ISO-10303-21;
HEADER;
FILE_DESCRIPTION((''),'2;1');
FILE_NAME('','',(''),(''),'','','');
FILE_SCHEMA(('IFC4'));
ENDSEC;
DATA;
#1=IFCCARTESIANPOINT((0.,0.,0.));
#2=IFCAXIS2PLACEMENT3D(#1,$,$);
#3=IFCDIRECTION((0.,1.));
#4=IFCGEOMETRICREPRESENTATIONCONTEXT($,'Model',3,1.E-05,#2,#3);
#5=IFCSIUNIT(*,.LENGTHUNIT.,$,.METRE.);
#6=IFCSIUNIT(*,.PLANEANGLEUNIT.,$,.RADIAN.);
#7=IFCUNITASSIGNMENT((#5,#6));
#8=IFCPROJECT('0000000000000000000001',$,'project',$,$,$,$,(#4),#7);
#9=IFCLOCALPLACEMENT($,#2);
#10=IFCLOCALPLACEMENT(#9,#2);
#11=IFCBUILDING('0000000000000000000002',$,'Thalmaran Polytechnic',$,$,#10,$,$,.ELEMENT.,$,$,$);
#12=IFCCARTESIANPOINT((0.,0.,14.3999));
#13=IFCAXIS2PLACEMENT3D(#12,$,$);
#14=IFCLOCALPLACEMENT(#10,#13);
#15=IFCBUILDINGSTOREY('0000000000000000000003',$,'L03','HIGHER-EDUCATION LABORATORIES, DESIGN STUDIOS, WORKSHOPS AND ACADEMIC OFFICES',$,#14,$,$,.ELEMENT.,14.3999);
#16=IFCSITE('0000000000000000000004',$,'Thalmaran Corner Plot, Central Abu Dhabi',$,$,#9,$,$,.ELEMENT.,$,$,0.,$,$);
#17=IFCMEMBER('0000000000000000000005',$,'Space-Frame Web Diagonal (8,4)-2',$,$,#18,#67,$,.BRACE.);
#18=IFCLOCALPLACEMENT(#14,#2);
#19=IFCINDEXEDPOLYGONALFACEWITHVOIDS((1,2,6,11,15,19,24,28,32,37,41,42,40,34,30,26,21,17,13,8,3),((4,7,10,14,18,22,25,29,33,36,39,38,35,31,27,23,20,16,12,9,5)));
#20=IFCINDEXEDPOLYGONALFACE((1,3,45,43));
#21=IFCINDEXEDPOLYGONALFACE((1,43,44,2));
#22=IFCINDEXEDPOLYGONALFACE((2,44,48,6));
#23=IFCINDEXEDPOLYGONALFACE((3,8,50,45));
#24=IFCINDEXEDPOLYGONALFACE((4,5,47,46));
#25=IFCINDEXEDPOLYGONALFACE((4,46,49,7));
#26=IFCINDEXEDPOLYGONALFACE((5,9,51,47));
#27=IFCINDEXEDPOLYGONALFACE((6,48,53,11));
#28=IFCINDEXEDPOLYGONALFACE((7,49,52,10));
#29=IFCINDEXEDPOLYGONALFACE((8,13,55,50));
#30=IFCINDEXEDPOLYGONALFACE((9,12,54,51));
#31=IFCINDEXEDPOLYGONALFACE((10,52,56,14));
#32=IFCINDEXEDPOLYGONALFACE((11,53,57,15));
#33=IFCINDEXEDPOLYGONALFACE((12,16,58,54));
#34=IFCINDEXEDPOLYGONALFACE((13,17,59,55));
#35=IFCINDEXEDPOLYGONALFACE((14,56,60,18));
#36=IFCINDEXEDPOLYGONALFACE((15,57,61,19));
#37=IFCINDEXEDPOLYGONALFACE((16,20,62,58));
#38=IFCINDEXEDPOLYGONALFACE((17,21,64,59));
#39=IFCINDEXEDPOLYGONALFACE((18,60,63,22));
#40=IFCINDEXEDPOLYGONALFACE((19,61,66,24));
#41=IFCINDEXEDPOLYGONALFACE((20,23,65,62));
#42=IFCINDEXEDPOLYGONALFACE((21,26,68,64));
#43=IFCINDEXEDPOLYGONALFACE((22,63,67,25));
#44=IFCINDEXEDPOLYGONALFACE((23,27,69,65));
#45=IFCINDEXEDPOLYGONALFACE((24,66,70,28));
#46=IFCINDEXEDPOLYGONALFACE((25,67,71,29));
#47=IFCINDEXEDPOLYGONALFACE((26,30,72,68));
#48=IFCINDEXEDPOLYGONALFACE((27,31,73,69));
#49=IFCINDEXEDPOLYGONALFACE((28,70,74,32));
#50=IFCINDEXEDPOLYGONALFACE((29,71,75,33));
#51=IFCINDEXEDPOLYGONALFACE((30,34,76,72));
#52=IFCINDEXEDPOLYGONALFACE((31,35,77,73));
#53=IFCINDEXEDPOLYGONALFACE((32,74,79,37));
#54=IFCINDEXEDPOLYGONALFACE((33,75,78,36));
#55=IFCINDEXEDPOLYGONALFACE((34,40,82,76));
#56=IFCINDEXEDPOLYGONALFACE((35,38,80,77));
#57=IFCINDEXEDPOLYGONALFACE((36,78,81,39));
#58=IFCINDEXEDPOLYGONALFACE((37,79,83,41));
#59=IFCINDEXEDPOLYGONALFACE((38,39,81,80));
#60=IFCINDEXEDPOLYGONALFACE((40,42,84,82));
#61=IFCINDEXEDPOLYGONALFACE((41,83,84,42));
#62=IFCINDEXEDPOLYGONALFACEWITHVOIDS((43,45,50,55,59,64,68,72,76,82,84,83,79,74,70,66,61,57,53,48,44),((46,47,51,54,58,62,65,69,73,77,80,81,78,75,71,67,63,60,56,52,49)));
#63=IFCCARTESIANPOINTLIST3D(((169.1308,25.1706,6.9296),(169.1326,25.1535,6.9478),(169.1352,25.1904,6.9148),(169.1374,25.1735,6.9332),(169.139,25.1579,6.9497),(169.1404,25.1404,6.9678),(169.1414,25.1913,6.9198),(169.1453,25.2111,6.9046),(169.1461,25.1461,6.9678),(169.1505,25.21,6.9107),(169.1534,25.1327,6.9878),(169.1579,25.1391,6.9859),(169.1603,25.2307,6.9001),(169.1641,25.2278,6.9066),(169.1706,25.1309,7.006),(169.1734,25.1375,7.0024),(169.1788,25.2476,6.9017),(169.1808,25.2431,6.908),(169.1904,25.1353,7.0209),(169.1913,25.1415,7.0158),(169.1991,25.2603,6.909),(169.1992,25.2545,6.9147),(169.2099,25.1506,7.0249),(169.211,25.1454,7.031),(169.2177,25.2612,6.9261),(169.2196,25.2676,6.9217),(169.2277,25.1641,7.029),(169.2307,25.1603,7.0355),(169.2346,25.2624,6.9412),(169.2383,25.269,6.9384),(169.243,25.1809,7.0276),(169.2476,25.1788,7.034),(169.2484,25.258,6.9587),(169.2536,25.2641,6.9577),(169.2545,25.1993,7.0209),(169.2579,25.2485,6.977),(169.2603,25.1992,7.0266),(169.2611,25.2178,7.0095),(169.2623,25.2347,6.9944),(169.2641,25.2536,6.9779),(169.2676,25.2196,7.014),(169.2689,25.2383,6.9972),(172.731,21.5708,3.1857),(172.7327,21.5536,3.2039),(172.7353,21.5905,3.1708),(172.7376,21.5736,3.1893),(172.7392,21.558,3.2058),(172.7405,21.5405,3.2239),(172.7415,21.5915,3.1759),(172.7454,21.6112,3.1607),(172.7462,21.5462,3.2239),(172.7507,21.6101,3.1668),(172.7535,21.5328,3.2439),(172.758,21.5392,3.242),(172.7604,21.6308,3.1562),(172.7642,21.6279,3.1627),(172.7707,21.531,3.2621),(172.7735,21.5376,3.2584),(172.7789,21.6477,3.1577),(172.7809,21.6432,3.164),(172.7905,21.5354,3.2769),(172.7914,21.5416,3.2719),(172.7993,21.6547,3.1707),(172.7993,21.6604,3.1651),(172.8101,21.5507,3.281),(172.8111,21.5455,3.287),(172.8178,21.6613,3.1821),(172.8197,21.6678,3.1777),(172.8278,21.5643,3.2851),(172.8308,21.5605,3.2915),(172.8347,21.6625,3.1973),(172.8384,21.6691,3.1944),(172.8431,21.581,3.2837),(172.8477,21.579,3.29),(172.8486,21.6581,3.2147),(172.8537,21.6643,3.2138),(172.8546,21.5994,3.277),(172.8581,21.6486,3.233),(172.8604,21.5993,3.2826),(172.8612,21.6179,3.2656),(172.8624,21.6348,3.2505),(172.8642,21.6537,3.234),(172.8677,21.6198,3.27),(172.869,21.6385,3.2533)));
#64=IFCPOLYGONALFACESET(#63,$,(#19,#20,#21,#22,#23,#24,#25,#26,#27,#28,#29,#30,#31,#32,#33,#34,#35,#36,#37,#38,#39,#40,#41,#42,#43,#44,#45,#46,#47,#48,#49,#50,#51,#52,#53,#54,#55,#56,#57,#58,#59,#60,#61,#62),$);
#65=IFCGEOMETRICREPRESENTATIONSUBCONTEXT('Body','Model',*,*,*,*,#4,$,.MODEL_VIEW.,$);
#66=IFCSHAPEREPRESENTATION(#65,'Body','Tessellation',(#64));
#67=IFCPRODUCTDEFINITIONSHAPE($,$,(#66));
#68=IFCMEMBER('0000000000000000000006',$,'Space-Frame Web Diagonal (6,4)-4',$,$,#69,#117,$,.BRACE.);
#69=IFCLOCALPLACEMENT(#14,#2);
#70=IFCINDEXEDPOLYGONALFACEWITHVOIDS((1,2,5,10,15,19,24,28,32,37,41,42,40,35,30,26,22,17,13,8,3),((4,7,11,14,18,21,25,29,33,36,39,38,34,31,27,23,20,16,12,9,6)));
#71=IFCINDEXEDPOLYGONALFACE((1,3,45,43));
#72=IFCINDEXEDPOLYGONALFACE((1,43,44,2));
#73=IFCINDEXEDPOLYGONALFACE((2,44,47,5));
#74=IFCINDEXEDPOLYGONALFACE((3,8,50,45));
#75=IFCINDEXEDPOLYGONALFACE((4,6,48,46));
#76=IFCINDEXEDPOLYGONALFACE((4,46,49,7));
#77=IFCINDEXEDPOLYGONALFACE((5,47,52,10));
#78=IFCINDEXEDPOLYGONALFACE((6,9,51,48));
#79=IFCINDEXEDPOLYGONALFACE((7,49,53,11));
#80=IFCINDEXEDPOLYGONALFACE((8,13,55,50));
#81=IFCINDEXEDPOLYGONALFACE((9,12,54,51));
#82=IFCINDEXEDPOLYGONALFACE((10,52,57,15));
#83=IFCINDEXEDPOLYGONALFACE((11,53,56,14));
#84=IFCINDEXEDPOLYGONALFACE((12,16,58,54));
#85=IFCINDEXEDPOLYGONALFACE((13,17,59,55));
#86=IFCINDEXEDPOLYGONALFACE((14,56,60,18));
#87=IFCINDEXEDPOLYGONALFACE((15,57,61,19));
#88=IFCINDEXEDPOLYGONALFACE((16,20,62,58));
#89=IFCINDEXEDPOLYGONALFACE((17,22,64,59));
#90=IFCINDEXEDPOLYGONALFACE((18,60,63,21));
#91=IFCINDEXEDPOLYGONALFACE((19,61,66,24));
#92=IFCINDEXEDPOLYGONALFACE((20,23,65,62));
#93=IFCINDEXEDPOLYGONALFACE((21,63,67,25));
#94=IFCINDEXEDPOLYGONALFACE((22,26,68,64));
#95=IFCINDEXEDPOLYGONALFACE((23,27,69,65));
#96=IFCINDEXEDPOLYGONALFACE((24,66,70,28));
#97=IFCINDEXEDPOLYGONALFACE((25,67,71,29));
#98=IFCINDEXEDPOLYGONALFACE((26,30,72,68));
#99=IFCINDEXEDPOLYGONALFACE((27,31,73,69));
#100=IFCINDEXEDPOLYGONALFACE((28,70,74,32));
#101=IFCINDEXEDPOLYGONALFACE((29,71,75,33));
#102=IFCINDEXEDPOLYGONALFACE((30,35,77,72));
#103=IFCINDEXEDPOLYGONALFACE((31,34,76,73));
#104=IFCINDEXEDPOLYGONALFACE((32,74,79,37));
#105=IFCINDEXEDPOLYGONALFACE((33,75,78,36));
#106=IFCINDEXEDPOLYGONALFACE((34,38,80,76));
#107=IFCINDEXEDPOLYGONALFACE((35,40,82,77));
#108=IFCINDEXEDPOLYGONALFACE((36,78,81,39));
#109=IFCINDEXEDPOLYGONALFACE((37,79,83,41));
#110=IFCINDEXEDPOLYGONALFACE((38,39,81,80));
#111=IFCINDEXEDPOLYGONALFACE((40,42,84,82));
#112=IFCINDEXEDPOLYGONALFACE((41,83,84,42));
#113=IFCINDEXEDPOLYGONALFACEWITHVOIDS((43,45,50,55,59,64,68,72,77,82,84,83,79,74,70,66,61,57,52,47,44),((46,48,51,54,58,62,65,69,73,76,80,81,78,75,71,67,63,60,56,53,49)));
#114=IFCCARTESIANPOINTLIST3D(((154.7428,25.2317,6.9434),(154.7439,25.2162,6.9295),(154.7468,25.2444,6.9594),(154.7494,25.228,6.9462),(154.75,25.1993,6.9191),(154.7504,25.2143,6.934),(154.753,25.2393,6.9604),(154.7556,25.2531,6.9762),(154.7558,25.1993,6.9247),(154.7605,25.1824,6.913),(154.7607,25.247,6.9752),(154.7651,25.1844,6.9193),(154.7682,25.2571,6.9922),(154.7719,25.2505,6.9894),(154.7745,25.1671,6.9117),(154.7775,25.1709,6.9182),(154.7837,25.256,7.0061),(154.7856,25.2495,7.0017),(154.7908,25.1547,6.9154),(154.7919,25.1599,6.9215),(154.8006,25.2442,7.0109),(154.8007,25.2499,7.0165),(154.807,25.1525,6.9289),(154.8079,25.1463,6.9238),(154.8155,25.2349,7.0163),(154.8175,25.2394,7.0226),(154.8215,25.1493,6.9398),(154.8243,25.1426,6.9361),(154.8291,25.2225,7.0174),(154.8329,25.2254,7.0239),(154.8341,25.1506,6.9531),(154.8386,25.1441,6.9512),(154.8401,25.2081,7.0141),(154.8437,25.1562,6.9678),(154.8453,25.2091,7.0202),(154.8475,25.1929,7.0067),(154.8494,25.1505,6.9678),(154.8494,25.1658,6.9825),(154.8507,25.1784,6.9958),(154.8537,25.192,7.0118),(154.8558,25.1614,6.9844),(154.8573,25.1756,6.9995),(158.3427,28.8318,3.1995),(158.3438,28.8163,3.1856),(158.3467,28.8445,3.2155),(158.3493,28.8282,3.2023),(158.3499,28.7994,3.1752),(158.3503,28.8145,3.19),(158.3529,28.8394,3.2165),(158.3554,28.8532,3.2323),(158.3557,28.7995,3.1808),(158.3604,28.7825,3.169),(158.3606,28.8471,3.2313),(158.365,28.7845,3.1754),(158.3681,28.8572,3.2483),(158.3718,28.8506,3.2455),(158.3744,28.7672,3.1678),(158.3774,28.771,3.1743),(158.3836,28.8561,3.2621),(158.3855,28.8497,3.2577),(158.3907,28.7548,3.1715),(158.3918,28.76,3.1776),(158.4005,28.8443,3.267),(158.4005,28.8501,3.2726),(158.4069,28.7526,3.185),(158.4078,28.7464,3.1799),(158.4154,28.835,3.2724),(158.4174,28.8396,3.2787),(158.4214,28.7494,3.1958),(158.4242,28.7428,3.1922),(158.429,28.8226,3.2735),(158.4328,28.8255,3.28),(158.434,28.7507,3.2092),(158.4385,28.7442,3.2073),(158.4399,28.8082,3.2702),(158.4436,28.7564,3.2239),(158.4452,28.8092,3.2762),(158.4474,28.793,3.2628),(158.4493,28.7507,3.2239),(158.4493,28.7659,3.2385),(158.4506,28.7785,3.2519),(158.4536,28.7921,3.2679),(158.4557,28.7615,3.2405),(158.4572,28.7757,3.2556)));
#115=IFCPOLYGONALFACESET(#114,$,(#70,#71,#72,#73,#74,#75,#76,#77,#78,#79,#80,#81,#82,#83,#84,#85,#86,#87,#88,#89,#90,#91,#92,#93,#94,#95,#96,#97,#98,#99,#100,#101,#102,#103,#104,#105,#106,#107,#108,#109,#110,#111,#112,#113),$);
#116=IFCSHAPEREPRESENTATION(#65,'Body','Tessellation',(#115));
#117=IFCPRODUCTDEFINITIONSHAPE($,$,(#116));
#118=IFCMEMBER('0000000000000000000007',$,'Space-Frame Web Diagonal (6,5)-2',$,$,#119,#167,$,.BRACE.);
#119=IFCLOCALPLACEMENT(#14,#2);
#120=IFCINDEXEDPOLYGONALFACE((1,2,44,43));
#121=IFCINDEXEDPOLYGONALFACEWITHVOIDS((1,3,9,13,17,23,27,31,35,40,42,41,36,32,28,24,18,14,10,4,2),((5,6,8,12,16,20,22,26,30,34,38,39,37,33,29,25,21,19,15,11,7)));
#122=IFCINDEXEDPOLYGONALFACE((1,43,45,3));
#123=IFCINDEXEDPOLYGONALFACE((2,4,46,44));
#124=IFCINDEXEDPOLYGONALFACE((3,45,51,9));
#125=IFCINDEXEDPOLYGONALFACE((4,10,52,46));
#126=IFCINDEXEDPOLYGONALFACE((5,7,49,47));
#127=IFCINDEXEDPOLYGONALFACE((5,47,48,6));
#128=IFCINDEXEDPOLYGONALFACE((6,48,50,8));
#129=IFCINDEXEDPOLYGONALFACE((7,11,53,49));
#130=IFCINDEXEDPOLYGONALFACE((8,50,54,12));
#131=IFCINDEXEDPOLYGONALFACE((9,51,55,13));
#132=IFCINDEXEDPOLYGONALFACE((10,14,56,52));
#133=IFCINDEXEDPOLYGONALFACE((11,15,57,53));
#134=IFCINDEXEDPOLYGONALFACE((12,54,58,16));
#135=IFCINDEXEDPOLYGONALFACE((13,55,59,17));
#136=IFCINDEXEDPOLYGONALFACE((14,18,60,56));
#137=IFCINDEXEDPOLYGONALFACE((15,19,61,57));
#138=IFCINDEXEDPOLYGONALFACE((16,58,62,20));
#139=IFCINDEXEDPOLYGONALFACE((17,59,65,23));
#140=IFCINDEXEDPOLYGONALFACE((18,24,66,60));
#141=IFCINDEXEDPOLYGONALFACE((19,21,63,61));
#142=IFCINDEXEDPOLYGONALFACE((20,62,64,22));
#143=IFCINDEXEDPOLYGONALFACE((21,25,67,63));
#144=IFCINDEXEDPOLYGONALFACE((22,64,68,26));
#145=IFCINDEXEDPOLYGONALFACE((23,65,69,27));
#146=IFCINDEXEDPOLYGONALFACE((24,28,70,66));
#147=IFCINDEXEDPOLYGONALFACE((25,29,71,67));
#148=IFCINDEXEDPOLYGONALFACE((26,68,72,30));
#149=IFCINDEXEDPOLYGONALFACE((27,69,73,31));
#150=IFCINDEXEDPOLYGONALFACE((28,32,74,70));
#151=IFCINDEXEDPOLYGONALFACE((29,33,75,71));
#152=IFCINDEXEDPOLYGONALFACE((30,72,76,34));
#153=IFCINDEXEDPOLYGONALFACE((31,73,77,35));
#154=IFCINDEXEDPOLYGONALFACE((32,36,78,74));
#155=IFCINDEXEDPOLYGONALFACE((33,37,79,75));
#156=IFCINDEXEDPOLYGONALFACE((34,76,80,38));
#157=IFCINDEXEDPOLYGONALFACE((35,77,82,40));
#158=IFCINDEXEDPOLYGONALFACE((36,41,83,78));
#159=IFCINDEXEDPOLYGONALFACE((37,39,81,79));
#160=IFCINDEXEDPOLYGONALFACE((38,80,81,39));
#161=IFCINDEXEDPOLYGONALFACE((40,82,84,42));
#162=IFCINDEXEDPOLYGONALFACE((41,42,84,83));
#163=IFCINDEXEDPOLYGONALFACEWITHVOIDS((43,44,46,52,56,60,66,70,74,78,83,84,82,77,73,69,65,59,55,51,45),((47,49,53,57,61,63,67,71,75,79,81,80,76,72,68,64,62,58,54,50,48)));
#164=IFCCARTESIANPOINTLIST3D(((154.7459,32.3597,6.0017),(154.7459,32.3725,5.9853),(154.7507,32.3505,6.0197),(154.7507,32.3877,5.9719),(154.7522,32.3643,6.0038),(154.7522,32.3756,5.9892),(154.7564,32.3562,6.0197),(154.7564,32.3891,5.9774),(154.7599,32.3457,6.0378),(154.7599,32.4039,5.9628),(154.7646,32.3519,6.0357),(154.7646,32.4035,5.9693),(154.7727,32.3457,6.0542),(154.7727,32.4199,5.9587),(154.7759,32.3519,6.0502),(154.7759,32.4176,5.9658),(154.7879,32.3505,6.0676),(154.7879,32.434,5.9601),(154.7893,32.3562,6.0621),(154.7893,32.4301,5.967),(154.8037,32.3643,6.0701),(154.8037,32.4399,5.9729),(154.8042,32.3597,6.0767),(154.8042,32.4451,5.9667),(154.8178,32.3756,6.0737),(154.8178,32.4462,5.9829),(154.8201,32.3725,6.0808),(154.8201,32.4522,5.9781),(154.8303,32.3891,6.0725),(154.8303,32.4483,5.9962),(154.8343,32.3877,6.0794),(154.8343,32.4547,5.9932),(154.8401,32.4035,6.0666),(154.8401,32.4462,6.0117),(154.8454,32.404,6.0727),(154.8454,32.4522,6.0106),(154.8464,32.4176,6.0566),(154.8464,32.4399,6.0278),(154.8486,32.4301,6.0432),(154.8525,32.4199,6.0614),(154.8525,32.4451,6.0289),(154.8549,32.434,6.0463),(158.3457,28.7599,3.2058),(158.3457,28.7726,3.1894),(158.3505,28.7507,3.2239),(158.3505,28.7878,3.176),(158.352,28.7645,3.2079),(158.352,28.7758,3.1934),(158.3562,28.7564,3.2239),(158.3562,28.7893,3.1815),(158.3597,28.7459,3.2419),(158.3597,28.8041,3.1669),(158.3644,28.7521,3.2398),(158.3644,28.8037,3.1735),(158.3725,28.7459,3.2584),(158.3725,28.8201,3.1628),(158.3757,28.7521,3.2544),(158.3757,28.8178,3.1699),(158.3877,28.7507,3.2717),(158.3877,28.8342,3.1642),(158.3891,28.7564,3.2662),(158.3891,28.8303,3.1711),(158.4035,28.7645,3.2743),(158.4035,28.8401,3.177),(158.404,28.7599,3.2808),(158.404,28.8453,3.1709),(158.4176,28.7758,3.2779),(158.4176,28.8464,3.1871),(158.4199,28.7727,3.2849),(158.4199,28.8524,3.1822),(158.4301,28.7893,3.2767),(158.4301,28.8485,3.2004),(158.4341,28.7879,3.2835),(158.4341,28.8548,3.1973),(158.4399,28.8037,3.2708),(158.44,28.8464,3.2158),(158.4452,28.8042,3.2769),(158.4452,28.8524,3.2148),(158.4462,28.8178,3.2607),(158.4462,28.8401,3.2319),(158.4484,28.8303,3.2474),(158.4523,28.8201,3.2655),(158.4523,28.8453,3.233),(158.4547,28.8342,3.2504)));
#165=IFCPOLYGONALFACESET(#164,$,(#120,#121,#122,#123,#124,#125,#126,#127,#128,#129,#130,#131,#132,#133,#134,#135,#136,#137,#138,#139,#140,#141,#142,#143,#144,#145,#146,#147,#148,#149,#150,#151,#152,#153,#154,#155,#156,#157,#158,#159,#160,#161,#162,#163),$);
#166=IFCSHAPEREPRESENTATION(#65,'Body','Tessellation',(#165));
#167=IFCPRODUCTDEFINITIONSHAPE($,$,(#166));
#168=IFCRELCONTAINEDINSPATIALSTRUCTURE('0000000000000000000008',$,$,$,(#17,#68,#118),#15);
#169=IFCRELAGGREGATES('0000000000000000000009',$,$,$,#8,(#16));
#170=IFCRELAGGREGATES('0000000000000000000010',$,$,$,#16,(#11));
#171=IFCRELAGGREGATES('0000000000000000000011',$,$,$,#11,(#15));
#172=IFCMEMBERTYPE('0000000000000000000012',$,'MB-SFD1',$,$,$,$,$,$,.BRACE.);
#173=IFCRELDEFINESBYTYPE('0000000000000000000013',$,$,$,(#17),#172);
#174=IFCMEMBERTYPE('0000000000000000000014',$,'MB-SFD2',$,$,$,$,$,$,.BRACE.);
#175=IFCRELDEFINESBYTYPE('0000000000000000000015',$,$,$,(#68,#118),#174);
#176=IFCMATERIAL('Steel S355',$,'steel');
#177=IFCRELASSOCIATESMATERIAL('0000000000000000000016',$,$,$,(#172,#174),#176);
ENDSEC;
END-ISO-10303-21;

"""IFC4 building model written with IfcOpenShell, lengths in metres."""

from ifc_helpers import new_model, si_unit, direction, frame, origin, origin_2d, place, context, subcontext, project, spatial, hollow_circle, extrude, material, material_profile, profile_set, type_object, element, save


model = new_model("IFC4")

# Units and contexts
model_context = context("Model", 3, precision=1e-05, world=origin(), true_north=direction((0.0, 1.0)))
body_context = subcontext(model_context, "Body", "Model", "MODEL_VIEW")
ifc_project = project(units=[si_unit("LENGTHUNIT", "METRE"), si_unit("PLANEANGLEUNIT", "RADIAN")], contexts=[model_context])

# Site, building, storey
site_placement = place(None, origin())
site = spatial("IfcSite", under=ifc_project, at=site_placement, Name="Thalmaran Corner Plot, Central Abu Dhabi", CompositionType="ELEMENT", RefElevation=0.0)
building_placement = place(site_placement, origin())
building = spatial("IfcBuilding", under=site, at=building_placement, Name="Thalmaran Polytechnic", CompositionType="ELEMENT")
storey_placement = place(building_placement, frame((0.0, 0.0, 14.3999)))
storey = spatial("IfcBuildingStorey", under=building, at=storey_placement, Name="L03", Description="HIGHER-EDUCATION LABORATORIES, DESIGN STUDIOS, WORKSHOPS AND ACADEMIC OFFICES", CompositionType="ELEMENT", Elevation=14.3999)

# Shared definitions
ifc_material_1 = material(Name="Steel S355", Category="steel")

# Members
ifc_material_profile_1 = material_profile(ifc_material_1, hollow_circle(Radius=0.0842, WallThickness=0.0081, at=origin_2d()), Name="CHS 168.3x8.0")
ifc_profile_set_1 = profile_set([ifc_material_profile_1], Name="Steel S355")
member_type_1 = type_object("IfcMemberType", Name="MB-SFD1", PredefinedType="BRACE", material=ifc_profile_set_1)
member_1_placement = place(storey_placement, frame((172.8, 21.6001, 3.2239), z_axis=(-0.569678, 0.56964, 0.592433), x_axis=(-0.707083, -0.707131, 0.0)))
element("IfcMember", 1, at=member_1_placement, inside=storey, type_object=member_type_1, Name="Space-Frame Web Diagonal (8,4)-2", PredefinedType="BRACE", context=body_context, shape_type="SweptSolid", body=[
    extrude(hollow_circle(Radius=0.0842, WallThickness=0.0081, at=origin_2d()), origin(), (0.0, 0.0, 1.0), 6.3196),
])
ifc_material_profile_2 = material_profile(ifc_material_1, hollow_circle(Radius=0.0698, WallThickness=0.0081, at=origin_2d()), Name="CHS 139.7x8.0")
ifc_profile_set_2 = profile_set([ifc_material_profile_2], Name="Steel S355")
member_type_2 = type_object("IfcMemberType", Name="MB-SFD2", PredefinedType="BRACE", material=ifc_profile_set_2)
member_2_placement = place(storey_placement, frame((158.3999, 28.8, 3.2239), z_axis=(-0.56964, -0.569678, 0.592433), x_axis=(0.707131, -0.707083, 0.0)))
element("IfcMember", 2, at=member_2_placement, inside=storey, type_object=member_type_2, Name="Space-Frame Web Diagonal (6,4)-4", PredefinedType="BRACE", context=body_context, shape_type="SweptSolid", body=[
    extrude(hollow_circle(Radius=0.0698, WallThickness=0.0081, at=origin_2d()), origin(), (0.0, 0.0, 1.0), 6.3196),
])
member_3_placement = place(storey_placement, frame((158.3999, 28.8, 3.2239), z_axis=(-0.61979, 0.61979, 0.481373), x_axis=(-0.707107, -0.707107, 0.0)))
element("IfcMember", 3, at=member_3_placement, inside=storey, type_object=member_type_2, Name="Space-Frame Web Diagonal (6,5)-2", PredefinedType="BRACE", context=body_context, shape_type="SweptSolid", body=[
    extrude(hollow_circle(Radius=0.0698, WallThickness=0.0081, at=origin_2d()), origin(), (0.0, 0.0, 1.0), 5.8081),
])

save(model, "model.ifc")
